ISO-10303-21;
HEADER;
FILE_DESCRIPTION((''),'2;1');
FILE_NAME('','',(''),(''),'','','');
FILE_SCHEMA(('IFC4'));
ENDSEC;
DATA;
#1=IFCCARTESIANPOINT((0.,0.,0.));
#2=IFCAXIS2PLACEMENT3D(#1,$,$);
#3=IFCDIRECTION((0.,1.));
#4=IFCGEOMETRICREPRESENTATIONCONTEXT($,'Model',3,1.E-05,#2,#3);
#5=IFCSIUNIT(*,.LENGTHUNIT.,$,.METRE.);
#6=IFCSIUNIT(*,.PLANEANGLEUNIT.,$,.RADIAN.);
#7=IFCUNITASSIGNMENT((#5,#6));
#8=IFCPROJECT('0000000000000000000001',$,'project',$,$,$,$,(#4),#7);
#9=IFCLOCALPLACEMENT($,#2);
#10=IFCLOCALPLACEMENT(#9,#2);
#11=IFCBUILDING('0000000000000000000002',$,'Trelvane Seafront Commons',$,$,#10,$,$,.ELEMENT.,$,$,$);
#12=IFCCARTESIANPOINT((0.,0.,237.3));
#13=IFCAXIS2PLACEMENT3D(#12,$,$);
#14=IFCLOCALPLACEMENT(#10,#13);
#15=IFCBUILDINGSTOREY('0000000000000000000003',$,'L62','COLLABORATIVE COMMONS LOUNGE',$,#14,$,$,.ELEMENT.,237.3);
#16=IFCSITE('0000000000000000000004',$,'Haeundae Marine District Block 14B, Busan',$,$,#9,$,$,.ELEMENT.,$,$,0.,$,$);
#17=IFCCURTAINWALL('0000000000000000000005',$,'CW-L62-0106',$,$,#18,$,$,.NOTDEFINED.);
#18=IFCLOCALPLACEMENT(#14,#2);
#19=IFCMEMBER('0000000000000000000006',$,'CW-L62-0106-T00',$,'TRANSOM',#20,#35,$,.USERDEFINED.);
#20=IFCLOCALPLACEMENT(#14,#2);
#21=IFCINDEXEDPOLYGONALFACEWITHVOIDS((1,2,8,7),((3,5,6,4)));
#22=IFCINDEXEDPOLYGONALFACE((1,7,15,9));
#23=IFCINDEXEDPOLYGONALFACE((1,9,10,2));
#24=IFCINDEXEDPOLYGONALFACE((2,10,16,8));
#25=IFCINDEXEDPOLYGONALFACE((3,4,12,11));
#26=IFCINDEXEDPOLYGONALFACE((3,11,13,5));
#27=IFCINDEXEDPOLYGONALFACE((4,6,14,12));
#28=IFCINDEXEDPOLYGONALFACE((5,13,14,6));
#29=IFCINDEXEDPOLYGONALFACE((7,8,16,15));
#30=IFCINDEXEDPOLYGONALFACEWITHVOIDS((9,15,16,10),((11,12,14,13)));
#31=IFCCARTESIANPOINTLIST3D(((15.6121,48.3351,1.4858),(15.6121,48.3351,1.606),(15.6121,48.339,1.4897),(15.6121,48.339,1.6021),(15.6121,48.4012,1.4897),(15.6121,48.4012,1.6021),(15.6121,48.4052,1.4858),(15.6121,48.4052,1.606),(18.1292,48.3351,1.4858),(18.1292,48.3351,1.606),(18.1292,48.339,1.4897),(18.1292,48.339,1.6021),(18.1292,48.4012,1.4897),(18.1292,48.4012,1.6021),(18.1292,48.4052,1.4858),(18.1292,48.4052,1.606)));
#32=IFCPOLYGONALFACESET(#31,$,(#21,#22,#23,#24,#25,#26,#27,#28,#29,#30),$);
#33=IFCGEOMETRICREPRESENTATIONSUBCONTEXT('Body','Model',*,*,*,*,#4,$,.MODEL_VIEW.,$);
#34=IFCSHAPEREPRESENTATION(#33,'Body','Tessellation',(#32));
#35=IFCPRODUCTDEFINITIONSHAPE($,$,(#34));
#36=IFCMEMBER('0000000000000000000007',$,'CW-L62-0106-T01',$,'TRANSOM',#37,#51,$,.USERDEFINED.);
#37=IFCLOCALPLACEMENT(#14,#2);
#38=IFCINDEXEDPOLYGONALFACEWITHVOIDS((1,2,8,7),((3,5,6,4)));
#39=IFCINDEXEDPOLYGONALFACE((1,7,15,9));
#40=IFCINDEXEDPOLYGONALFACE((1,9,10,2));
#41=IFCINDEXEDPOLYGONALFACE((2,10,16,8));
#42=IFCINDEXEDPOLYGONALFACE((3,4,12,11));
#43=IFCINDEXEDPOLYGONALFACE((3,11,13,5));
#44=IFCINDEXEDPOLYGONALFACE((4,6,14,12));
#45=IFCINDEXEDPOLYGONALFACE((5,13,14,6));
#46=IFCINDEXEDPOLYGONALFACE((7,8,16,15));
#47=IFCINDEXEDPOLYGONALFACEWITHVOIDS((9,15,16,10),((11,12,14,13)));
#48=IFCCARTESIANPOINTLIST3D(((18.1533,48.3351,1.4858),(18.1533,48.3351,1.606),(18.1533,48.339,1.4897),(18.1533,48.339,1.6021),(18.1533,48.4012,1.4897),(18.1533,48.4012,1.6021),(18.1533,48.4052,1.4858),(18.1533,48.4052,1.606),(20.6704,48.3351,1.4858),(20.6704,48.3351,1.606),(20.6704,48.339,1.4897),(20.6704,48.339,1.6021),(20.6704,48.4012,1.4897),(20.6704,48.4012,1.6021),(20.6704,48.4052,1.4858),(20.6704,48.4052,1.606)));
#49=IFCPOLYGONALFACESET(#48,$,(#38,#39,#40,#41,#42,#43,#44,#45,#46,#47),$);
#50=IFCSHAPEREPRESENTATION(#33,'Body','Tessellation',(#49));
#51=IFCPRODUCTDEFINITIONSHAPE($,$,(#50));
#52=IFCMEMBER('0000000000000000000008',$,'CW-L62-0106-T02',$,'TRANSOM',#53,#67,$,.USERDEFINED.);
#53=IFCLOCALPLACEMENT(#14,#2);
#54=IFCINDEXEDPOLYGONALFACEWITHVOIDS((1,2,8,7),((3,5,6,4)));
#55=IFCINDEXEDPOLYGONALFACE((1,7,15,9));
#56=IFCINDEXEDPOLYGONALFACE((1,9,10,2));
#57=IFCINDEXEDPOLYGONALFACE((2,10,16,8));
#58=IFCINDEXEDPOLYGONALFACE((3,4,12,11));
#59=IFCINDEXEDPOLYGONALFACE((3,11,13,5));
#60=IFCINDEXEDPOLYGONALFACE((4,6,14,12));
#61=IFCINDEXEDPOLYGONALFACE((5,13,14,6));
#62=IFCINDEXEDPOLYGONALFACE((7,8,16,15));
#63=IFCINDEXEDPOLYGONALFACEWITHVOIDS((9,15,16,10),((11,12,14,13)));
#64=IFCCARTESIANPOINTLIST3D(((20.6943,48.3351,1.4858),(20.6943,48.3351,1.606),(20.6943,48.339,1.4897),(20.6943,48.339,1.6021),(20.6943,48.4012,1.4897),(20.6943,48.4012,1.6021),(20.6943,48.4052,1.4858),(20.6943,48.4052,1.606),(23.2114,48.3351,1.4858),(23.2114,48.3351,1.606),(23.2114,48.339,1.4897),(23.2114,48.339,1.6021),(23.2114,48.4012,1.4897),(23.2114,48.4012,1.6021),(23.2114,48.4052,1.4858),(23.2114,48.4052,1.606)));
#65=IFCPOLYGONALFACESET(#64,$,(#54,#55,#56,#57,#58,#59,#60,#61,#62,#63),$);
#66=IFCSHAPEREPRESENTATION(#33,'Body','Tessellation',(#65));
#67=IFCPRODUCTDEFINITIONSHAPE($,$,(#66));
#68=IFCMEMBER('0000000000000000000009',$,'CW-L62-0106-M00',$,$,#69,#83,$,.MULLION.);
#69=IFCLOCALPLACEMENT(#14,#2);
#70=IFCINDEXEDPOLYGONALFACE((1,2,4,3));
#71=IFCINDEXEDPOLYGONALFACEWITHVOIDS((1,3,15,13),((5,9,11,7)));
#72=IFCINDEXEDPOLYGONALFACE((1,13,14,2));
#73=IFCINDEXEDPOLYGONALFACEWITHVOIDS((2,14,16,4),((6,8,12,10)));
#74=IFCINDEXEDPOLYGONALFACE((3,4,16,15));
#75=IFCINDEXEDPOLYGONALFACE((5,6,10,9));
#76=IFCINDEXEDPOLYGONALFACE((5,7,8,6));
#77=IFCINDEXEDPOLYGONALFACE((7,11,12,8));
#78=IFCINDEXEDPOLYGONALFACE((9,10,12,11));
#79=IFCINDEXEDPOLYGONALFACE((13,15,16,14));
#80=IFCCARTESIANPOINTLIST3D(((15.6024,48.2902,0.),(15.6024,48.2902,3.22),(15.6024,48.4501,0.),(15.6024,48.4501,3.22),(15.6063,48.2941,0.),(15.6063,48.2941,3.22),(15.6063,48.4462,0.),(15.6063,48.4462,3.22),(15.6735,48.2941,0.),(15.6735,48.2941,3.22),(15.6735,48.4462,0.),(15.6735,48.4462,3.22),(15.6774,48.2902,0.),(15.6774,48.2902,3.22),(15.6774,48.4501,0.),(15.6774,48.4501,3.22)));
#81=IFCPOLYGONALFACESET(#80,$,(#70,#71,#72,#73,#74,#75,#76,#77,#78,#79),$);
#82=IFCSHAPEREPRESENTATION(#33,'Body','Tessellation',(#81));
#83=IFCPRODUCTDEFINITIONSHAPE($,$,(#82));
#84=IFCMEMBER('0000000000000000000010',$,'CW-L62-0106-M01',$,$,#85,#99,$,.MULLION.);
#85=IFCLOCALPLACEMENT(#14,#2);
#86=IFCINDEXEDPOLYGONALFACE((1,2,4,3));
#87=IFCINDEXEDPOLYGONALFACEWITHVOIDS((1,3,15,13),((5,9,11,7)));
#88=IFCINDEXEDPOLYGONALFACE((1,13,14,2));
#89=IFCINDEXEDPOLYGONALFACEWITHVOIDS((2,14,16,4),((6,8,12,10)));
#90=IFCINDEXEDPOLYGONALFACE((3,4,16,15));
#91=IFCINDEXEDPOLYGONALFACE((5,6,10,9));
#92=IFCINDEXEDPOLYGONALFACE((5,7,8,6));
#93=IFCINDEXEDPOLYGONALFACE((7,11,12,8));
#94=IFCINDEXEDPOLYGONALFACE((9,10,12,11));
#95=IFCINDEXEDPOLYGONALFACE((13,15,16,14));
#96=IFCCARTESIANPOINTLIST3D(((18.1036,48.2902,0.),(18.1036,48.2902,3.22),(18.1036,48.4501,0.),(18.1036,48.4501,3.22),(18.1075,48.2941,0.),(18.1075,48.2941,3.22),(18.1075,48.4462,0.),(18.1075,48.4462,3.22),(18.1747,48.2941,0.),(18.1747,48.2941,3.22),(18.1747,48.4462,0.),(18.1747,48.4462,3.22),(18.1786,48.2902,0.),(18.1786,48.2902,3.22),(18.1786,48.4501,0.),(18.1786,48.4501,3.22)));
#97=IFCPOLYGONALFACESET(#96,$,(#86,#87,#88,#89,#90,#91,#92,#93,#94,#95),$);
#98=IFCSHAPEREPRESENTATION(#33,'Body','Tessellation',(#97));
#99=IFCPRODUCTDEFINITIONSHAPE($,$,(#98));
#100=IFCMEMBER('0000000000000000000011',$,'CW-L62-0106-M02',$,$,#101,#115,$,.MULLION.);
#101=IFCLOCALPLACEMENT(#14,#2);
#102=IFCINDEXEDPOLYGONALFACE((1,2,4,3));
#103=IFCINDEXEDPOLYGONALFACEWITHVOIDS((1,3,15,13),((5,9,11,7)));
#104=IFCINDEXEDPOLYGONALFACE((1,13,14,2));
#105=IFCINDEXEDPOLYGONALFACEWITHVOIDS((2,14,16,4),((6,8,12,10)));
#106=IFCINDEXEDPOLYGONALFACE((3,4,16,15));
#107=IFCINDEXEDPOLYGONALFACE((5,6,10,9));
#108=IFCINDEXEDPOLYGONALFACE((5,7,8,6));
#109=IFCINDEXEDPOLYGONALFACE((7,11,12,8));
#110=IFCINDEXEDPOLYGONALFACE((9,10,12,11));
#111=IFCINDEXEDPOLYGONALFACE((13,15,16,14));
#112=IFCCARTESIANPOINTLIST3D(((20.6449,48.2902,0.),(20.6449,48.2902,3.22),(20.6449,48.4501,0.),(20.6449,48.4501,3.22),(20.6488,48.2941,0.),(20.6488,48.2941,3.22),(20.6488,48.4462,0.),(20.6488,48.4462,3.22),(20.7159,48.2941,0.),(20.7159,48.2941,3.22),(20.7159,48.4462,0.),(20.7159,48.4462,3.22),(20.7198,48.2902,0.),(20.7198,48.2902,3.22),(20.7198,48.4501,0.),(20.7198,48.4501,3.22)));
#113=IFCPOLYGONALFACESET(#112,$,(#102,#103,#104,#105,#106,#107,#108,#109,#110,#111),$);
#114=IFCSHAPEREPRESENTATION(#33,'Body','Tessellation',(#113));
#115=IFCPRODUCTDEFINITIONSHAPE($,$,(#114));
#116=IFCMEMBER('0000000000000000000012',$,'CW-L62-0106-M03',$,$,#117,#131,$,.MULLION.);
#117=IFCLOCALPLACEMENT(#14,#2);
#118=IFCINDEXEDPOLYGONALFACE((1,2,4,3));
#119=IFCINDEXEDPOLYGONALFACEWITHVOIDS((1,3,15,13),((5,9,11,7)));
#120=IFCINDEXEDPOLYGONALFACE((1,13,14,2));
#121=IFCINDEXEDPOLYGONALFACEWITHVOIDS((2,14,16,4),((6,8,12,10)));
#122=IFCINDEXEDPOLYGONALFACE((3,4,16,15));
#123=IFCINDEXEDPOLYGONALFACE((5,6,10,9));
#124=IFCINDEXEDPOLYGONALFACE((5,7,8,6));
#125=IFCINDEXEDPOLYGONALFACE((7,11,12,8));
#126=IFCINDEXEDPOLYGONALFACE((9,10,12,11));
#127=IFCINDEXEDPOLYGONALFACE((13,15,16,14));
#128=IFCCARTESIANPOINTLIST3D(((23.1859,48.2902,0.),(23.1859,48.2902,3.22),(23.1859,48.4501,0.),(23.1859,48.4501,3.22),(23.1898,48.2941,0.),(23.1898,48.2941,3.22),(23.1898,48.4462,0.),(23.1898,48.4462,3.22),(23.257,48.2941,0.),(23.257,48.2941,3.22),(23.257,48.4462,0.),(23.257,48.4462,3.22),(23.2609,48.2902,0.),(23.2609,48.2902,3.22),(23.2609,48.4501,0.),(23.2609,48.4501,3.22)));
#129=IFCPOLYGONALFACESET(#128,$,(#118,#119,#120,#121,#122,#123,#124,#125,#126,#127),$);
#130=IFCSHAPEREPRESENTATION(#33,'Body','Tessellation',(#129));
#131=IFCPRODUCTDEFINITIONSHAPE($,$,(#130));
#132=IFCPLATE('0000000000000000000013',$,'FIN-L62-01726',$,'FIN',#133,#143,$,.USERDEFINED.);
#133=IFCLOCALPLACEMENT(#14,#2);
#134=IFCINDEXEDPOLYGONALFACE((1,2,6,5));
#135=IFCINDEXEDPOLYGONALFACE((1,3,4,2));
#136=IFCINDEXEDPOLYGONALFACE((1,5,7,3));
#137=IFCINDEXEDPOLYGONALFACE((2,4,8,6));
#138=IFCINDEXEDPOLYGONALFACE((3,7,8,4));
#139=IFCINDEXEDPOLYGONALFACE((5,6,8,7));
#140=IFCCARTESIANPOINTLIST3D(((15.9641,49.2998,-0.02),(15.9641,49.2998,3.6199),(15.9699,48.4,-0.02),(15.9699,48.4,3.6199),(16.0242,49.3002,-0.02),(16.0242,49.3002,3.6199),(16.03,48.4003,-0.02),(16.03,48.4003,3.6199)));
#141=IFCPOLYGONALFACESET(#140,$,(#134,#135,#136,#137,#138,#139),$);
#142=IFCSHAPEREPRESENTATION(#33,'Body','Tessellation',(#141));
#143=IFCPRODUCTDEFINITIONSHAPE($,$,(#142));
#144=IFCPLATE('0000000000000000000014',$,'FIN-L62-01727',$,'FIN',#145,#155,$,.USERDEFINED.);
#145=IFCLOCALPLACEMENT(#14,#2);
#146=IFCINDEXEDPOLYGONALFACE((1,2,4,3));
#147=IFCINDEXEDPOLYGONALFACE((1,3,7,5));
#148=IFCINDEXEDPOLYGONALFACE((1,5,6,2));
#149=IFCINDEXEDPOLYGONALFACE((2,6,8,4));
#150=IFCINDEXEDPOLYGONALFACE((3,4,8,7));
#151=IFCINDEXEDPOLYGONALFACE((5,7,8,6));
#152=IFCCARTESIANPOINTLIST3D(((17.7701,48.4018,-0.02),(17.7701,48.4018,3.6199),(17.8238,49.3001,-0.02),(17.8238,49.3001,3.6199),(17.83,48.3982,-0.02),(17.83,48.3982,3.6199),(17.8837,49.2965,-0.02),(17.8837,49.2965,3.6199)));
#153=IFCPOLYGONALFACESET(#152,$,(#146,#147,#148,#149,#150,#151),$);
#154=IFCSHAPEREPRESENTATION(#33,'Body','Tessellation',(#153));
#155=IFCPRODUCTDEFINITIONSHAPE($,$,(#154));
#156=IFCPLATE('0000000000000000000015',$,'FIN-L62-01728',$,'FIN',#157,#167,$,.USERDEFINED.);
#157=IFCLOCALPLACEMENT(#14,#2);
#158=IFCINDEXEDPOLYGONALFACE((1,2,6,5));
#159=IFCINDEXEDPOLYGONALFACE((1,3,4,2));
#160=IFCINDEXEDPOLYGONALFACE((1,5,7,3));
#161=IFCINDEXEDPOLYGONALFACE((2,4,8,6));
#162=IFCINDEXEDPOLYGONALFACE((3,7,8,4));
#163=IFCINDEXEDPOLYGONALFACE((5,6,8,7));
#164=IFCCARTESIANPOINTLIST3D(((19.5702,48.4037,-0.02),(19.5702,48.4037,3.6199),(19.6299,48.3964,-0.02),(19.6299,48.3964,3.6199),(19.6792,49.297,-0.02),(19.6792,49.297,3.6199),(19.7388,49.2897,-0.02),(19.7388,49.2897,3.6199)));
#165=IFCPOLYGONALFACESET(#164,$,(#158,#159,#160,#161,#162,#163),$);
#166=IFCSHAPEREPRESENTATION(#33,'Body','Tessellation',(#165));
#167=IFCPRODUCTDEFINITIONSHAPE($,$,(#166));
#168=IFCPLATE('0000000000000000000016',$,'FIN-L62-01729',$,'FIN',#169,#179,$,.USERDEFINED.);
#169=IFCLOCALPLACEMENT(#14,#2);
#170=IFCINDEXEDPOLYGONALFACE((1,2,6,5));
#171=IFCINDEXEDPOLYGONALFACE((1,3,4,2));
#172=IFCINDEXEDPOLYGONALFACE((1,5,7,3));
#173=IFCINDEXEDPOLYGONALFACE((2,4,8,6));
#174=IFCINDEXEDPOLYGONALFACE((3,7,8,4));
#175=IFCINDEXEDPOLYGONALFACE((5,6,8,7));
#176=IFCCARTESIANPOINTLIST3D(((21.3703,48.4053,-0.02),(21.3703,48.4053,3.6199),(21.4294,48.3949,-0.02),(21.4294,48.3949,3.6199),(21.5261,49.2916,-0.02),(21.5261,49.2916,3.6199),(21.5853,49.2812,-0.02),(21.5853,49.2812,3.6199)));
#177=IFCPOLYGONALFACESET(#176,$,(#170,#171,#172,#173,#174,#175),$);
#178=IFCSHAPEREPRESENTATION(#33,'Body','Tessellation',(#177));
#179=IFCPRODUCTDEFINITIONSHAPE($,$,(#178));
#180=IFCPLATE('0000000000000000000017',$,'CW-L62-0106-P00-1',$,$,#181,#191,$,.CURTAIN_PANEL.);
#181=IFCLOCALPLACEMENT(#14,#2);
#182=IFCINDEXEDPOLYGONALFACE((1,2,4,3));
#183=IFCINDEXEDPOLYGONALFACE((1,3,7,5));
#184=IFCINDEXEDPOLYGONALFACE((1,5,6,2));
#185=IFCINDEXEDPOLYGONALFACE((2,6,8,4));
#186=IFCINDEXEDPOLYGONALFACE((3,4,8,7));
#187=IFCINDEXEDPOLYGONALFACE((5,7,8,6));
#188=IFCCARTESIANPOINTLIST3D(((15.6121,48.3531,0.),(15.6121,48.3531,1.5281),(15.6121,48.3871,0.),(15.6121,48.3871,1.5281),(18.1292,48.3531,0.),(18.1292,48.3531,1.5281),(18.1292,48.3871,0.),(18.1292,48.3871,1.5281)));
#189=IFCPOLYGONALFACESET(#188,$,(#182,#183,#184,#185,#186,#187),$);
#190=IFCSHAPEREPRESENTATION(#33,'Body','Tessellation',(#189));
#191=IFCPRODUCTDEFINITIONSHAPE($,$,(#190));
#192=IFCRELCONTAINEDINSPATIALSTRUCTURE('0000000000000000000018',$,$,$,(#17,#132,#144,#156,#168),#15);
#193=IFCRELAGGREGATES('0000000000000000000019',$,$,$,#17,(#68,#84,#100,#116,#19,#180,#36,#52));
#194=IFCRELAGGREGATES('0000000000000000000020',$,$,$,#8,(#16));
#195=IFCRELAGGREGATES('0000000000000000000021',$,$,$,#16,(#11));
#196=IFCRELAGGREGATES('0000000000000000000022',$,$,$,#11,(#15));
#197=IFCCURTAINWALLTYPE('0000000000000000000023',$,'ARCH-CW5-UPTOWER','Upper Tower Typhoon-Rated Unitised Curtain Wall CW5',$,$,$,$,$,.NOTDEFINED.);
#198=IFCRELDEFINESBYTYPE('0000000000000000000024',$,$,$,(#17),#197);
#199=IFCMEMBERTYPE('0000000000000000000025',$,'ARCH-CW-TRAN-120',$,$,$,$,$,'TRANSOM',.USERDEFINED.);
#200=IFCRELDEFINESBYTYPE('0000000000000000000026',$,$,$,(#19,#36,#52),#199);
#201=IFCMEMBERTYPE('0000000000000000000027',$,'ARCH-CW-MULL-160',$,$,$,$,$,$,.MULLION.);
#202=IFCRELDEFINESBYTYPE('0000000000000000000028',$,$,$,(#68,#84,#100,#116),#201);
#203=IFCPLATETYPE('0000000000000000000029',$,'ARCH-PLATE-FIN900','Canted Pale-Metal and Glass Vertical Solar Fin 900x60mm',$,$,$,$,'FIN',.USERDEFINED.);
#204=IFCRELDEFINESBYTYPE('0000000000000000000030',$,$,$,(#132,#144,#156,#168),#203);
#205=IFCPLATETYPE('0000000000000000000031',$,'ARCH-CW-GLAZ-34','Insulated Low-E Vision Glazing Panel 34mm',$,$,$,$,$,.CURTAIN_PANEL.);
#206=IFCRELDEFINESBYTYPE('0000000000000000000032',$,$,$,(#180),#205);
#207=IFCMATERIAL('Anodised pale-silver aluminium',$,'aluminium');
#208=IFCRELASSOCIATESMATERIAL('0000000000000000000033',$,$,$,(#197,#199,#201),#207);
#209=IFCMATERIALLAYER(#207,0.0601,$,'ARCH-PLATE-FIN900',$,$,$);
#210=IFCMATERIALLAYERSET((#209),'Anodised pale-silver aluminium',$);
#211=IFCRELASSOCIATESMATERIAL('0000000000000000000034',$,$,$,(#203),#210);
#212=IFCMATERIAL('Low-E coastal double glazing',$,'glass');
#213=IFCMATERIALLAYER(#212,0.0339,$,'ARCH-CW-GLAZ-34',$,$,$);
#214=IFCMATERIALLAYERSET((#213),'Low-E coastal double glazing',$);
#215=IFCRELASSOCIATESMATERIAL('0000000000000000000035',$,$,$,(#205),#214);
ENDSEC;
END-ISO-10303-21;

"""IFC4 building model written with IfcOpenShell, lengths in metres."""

from ifc_helpers import new_model, si_unit, direction, frame, origin, origin_2d, place, context, subcontext, project, spatial, rectangle, hollow_rectangle, extrude, source, transform, mapped, material, layer, layer_set, material_profile, profile_set, type_object, element, aggregate, save


model = new_model("IFC4")

# Units and contexts
model_context = context("Model", 3, precision=1e-05, world=origin(), true_north=direction((0.0, 1.0)))
body_context = subcontext(model_context, "Body", "Model", "MODEL_VIEW")
ifc_project = project(units=[si_unit("LENGTHUNIT", "METRE"), si_unit("PLANEANGLEUNIT", "RADIAN")], contexts=[model_context])

# Site, building, storey
site_placement = place(None, origin())
site = spatial("IfcSite", under=ifc_project, at=site_placement, Name="Haeundae Marine District Block 14B, Busan", CompositionType="ELEMENT", RefElevation=0.0)
building_placement = place(site_placement, origin())
building = spatial("IfcBuilding", under=site, at=building_placement, Name="Trelvane Seafront Commons", CompositionType="ELEMENT")
storey_placement = place(building_placement, frame((0.0, 0.0, 237.3)))
storey = spatial("IfcBuildingStorey", under=building, at=storey_placement, Name="L62", Description="COLLABORATIVE COMMONS LOUNGE", CompositionType="ELEMENT", Elevation=237.3)

# Curtain wall, members
ifc_material_1 = material(Name="Anodised pale-silver aluminium", Category="aluminium")
curtain_wall_type = type_object("IfcCurtainWallType", Name="ARCH-CW5-UPTOWER", Description="Upper Tower Typhoon-Rated Unitised Curtain Wall CW5", PredefinedType="NOTDEFINED", material=ifc_material_1)
curtain_wall_placement = place(storey_placement, origin())
curtain_wall = element("IfcCurtainWall", 1, at=curtain_wall_placement, inside=storey, type_object=curtain_wall_type, Name="CW-L62-0106", PredefinedType="NOTDEFINED")
ifc_material_profile_1 = material_profile(ifc_material_1, hollow_rectangle(XDim=0.0701, YDim=0.1201, WallThickness=0.0039, at=origin_2d()), Name="TRAN-70x120x4")
ifc_profile_set_1 = profile_set([ifc_material_profile_1], Name="Anodised pale-silver aluminium")
member_type_1 = type_object("IfcMemberType", Name="ARCH-CW-TRAN-120", ElementType="TRANSOM", PredefinedType="USERDEFINED", material=ifc_profile_set_1)
shared_shape_1 = source(origin(), body_context, "Body", "SweptSolid", [
    extrude(hollow_rectangle(XDim=0.0701, YDim=0.1201, WallThickness=0.0039, at=origin_2d()), origin(), (0.0, 0.0, 1.0), 2.5171),
])
member_1_placement = place(storey_placement, frame((15.6121, 48.3701, 1.5459), z_axis=(1.0, 0.0, 0.0), x_axis=(0.0, 1.0, 0.0)))
member_1 = element("IfcMember", 2, at=member_1_placement, type_object=member_type_1, Name="CW-L62-0106-T00", ObjectType="TRANSOM", PredefinedType="USERDEFINED", context=body_context, shape_type="MappedRepresentation", body=[
    mapped(shared_shape_1, transform((0.0, 0.0, 0.0), x_axis=(1.0, 0.0, 0.0), y_axis=(0.0, 1.0, 0.0), z_axis=(0.0, 0.0, 1.0), scale=1.0)),
])
member_2_placement = place(storey_placement, frame((18.1533, 48.3701, 1.5459), z_axis=(1.0, 0.0, 0.0), x_axis=(0.0, 1.0, 0.0)))
member_2 = element("IfcMember", 3, at=member_2_placement, type_object=member_type_1, Name="CW-L62-0106-T01", ObjectType="TRANSOM", PredefinedType="USERDEFINED", context=body_context, shape_type="MappedRepresentation", body=[
    mapped(shared_shape_1, transform((0.0, 0.0, 0.0), x_axis=(1.0, 0.0, 0.0), y_axis=(0.0, 1.0, 0.0), z_axis=(0.0, 0.0, 1.0), scale=1.0)),
])
member_3_placement = place(storey_placement, frame((20.6943, 48.3701, 1.5459), z_axis=(1.0, 0.0, 0.0), x_axis=(0.0, 1.0, 0.0)))
member_3 = element("IfcMember", 4, at=member_3_placement, type_object=member_type_1, Name="CW-L62-0106-T02", ObjectType="TRANSOM", PredefinedType="USERDEFINED", context=body_context, shape_type="MappedRepresentation", body=[
    mapped(shared_shape_1, transform((0.0, 0.0, 0.0), x_axis=(1.0, 0.0, 0.0), y_axis=(0.0, 1.0, 0.0), z_axis=(0.0, 0.0, 1.0), scale=1.0)),
])
ifc_material_profile_2 = material_profile(ifc_material_1, hollow_rectangle(XDim=0.075, YDim=0.1599, WallThickness=0.0039, at=origin_2d()), Name="MULL-75x160x4")
ifc_profile_set_2 = profile_set([ifc_material_profile_2], Name="Anodised pale-silver aluminium")
member_type_2 = type_object("IfcMemberType", Name="ARCH-CW-MULL-160", PredefinedType="MULLION", material=ifc_profile_set_2)
shared_shape_2 = source(origin(), body_context, "Body", "SweptSolid", [
    extrude(hollow_rectangle(XDim=0.075, YDim=0.1599, WallThickness=0.0039, at=origin_2d()), origin(), (0.0, 0.0, 1.0), 3.22),
])
member_4_placement = place(storey_placement, frame((15.6399, 48.3701, 0.0), z_axis=(0.0, 0.0, 1.0), x_axis=(1.0, 0.0, 0.0)))
member_4 = element("IfcMember", 5, at=member_4_placement, type_object=member_type_2, Name="CW-L62-0106-M00", PredefinedType="MULLION", context=body_context, shape_type="MappedRepresentation", body=[
    mapped(shared_shape_2, transform((0.0, 0.0, 0.0), x_axis=(1.0, 0.0, 0.0), y_axis=(0.0, 1.0, 0.0), z_axis=(0.0, 0.0, 1.0), scale=1.0)),
])
member_5_placement = place(storey_placement, frame((18.1411, 48.3701, 0.0), z_axis=(0.0, 0.0, 1.0), x_axis=(1.0, 0.0, 0.0)))
member_5 = element("IfcMember", 6, at=member_5_placement, type_object=member_type_2, Name="CW-L62-0106-M01", PredefinedType="MULLION", context=body_context, shape_type="MappedRepresentation", body=[
    mapped(shared_shape_2, transform((0.0, 0.0, 0.0), x_axis=(1.0, 0.0, 0.0), y_axis=(0.0, 1.0, 0.0), z_axis=(0.0, 0.0, 1.0), scale=1.0)),
])
member_6_placement = place(storey_placement, frame((20.6824, 48.3701, 0.0), z_axis=(0.0, 0.0, 1.0), x_axis=(1.0, 0.0, 0.0)))
member_6 = element("IfcMember", 7, at=member_6_placement, type_object=member_type_2, Name="CW-L62-0106-M02", PredefinedType="MULLION", context=body_context, shape_type="MappedRepresentation", body=[
    mapped(shared_shape_2, transform((0.0, 0.0, 0.0), x_axis=(1.0, 0.0, 0.0), y_axis=(0.0, 1.0, 0.0), z_axis=(0.0, 0.0, 1.0), scale=1.0)),
])
member_7_placement = place(storey_placement, frame((23.2234, 48.3701, 0.0), z_axis=(0.0, 0.0, 1.0), x_axis=(1.0, 0.0, 0.0)))
member_7 = element("IfcMember", 8, at=member_7_placement, type_object=member_type_2, Name="CW-L62-0106-M03", PredefinedType="MULLION", context=body_context, shape_type="MappedRepresentation", body=[
    mapped(shared_shape_2, transform((0.0, 0.0, 0.0), x_axis=(1.0, 0.0, 0.0), y_axis=(0.0, 1.0, 0.0), z_axis=(0.0, 0.0, 1.0), scale=1.0)),
])

# Plates
ifc_layer_1 = layer(ifc_material_1, 0.0601, Name="ARCH-PLATE-FIN900")
ifc_layer_set_1 = layer_set([ifc_layer_1], Name="Anodised pale-silver aluminium")
plate_type_1 = type_object("IfcPlateType", Name="ARCH-PLATE-FIN900", Description="Canted Pale-Metal and Glass Vertical Solar Fin 900x60mm", ElementType="FIN", PredefinedType="USERDEFINED", material=ifc_layer_set_1)
shared_shape_3 = source(origin(), body_context, "Body", "SweptSolid", [
    extrude(rectangle(XDim=0.8999, YDim=0.0601, at=origin_2d()), origin(), (0.0, 0.0, 1.0), 3.6399),
])
for number, where, z_axis, x_axis, name in (
    (9, (15.9971, 48.8501, -0.02), (0.0, 0.0, 1.0), (-0.006444, 0.999979, 0.0), "FIN-L62-01726"),
    (10, (17.8269, 48.8491, -0.02), (0.0, 0.0, 1.0), (0.059667, 0.998218, 0.0), "FIN-L62-01727"),
    (11, (19.6545, 48.8467, -0.02), (0.0, 0.0, 1.0), (0.121107, 0.992639, 0.0), "FIN-L62-01728"),
    (12, (21.4778, 48.8433, -0.02), (0.0, 0.0, 1.0), (0.173222, 0.984883, 0.0), "FIN-L62-01729"),
):
    element("IfcPlate", number, at=place(storey_placement, frame(where, z_axis=z_axis, x_axis=x_axis)), inside=storey, type_object=plate_type_1, Name=name, ObjectType="FIN", PredefinedType="USERDEFINED", context=body_context, shape_type="MappedRepresentation", body=[
        mapped(shared_shape_3, transform((0.0, 0.0, 0.0), x_axis=(1.0, 0.0, 0.0), y_axis=(0.0, 1.0, 0.0), z_axis=(0.0, 0.0, 1.0), scale=1.0)),
    ])

# Plate
ifc_material_2 = material(Name="Low-E coastal double glazing", Category="glass")
ifc_layer_2 = layer(ifc_material_2, 0.0339, Name="ARCH-CW-GLAZ-34")
ifc_layer_set_2 = layer_set([ifc_layer_2], Name="Low-E coastal double glazing")
plate_type_2 = type_object("IfcPlateType", Name="ARCH-CW-GLAZ-34", Description="Insulated Low-E Vision Glazing Panel 34mm", PredefinedType="CURTAIN_PANEL", material=ifc_layer_set_2)
shared_shape_4 = source(origin(), body_context, "Body", "SweptSolid", [
    extrude(rectangle(XDim=2.5171, YDim=0.0339, at=origin_2d()), origin(), (0.0, 0.0, 1.0), 1.5281),
])
plate_1_placement = place(storey_placement, frame((16.8706, 48.3701, 0.0), z_axis=(0.0, 0.0, 1.0), x_axis=(1.0, 0.0, 0.0)))
plate_1 = element("IfcPlate", 13, at=plate_1_placement, type_object=plate_type_2, Name="CW-L62-0106-P00-1", PredefinedType="CURTAIN_PANEL", context=body_context, shape_type="MappedRepresentation", body=[
    mapped(shared_shape_4, transform((0.0, 0.0, 0.0), x_axis=(1.0, 0.0, 0.0), y_axis=(0.0, 1.0, 0.0), z_axis=(0.0, 0.0, 1.0), scale=1.0)),
])
aggregate(curtain_wall, [member_4, member_5, member_6, member_7, member_1, plate_1, member_2, member_3])

save(model, "model.ifc")
